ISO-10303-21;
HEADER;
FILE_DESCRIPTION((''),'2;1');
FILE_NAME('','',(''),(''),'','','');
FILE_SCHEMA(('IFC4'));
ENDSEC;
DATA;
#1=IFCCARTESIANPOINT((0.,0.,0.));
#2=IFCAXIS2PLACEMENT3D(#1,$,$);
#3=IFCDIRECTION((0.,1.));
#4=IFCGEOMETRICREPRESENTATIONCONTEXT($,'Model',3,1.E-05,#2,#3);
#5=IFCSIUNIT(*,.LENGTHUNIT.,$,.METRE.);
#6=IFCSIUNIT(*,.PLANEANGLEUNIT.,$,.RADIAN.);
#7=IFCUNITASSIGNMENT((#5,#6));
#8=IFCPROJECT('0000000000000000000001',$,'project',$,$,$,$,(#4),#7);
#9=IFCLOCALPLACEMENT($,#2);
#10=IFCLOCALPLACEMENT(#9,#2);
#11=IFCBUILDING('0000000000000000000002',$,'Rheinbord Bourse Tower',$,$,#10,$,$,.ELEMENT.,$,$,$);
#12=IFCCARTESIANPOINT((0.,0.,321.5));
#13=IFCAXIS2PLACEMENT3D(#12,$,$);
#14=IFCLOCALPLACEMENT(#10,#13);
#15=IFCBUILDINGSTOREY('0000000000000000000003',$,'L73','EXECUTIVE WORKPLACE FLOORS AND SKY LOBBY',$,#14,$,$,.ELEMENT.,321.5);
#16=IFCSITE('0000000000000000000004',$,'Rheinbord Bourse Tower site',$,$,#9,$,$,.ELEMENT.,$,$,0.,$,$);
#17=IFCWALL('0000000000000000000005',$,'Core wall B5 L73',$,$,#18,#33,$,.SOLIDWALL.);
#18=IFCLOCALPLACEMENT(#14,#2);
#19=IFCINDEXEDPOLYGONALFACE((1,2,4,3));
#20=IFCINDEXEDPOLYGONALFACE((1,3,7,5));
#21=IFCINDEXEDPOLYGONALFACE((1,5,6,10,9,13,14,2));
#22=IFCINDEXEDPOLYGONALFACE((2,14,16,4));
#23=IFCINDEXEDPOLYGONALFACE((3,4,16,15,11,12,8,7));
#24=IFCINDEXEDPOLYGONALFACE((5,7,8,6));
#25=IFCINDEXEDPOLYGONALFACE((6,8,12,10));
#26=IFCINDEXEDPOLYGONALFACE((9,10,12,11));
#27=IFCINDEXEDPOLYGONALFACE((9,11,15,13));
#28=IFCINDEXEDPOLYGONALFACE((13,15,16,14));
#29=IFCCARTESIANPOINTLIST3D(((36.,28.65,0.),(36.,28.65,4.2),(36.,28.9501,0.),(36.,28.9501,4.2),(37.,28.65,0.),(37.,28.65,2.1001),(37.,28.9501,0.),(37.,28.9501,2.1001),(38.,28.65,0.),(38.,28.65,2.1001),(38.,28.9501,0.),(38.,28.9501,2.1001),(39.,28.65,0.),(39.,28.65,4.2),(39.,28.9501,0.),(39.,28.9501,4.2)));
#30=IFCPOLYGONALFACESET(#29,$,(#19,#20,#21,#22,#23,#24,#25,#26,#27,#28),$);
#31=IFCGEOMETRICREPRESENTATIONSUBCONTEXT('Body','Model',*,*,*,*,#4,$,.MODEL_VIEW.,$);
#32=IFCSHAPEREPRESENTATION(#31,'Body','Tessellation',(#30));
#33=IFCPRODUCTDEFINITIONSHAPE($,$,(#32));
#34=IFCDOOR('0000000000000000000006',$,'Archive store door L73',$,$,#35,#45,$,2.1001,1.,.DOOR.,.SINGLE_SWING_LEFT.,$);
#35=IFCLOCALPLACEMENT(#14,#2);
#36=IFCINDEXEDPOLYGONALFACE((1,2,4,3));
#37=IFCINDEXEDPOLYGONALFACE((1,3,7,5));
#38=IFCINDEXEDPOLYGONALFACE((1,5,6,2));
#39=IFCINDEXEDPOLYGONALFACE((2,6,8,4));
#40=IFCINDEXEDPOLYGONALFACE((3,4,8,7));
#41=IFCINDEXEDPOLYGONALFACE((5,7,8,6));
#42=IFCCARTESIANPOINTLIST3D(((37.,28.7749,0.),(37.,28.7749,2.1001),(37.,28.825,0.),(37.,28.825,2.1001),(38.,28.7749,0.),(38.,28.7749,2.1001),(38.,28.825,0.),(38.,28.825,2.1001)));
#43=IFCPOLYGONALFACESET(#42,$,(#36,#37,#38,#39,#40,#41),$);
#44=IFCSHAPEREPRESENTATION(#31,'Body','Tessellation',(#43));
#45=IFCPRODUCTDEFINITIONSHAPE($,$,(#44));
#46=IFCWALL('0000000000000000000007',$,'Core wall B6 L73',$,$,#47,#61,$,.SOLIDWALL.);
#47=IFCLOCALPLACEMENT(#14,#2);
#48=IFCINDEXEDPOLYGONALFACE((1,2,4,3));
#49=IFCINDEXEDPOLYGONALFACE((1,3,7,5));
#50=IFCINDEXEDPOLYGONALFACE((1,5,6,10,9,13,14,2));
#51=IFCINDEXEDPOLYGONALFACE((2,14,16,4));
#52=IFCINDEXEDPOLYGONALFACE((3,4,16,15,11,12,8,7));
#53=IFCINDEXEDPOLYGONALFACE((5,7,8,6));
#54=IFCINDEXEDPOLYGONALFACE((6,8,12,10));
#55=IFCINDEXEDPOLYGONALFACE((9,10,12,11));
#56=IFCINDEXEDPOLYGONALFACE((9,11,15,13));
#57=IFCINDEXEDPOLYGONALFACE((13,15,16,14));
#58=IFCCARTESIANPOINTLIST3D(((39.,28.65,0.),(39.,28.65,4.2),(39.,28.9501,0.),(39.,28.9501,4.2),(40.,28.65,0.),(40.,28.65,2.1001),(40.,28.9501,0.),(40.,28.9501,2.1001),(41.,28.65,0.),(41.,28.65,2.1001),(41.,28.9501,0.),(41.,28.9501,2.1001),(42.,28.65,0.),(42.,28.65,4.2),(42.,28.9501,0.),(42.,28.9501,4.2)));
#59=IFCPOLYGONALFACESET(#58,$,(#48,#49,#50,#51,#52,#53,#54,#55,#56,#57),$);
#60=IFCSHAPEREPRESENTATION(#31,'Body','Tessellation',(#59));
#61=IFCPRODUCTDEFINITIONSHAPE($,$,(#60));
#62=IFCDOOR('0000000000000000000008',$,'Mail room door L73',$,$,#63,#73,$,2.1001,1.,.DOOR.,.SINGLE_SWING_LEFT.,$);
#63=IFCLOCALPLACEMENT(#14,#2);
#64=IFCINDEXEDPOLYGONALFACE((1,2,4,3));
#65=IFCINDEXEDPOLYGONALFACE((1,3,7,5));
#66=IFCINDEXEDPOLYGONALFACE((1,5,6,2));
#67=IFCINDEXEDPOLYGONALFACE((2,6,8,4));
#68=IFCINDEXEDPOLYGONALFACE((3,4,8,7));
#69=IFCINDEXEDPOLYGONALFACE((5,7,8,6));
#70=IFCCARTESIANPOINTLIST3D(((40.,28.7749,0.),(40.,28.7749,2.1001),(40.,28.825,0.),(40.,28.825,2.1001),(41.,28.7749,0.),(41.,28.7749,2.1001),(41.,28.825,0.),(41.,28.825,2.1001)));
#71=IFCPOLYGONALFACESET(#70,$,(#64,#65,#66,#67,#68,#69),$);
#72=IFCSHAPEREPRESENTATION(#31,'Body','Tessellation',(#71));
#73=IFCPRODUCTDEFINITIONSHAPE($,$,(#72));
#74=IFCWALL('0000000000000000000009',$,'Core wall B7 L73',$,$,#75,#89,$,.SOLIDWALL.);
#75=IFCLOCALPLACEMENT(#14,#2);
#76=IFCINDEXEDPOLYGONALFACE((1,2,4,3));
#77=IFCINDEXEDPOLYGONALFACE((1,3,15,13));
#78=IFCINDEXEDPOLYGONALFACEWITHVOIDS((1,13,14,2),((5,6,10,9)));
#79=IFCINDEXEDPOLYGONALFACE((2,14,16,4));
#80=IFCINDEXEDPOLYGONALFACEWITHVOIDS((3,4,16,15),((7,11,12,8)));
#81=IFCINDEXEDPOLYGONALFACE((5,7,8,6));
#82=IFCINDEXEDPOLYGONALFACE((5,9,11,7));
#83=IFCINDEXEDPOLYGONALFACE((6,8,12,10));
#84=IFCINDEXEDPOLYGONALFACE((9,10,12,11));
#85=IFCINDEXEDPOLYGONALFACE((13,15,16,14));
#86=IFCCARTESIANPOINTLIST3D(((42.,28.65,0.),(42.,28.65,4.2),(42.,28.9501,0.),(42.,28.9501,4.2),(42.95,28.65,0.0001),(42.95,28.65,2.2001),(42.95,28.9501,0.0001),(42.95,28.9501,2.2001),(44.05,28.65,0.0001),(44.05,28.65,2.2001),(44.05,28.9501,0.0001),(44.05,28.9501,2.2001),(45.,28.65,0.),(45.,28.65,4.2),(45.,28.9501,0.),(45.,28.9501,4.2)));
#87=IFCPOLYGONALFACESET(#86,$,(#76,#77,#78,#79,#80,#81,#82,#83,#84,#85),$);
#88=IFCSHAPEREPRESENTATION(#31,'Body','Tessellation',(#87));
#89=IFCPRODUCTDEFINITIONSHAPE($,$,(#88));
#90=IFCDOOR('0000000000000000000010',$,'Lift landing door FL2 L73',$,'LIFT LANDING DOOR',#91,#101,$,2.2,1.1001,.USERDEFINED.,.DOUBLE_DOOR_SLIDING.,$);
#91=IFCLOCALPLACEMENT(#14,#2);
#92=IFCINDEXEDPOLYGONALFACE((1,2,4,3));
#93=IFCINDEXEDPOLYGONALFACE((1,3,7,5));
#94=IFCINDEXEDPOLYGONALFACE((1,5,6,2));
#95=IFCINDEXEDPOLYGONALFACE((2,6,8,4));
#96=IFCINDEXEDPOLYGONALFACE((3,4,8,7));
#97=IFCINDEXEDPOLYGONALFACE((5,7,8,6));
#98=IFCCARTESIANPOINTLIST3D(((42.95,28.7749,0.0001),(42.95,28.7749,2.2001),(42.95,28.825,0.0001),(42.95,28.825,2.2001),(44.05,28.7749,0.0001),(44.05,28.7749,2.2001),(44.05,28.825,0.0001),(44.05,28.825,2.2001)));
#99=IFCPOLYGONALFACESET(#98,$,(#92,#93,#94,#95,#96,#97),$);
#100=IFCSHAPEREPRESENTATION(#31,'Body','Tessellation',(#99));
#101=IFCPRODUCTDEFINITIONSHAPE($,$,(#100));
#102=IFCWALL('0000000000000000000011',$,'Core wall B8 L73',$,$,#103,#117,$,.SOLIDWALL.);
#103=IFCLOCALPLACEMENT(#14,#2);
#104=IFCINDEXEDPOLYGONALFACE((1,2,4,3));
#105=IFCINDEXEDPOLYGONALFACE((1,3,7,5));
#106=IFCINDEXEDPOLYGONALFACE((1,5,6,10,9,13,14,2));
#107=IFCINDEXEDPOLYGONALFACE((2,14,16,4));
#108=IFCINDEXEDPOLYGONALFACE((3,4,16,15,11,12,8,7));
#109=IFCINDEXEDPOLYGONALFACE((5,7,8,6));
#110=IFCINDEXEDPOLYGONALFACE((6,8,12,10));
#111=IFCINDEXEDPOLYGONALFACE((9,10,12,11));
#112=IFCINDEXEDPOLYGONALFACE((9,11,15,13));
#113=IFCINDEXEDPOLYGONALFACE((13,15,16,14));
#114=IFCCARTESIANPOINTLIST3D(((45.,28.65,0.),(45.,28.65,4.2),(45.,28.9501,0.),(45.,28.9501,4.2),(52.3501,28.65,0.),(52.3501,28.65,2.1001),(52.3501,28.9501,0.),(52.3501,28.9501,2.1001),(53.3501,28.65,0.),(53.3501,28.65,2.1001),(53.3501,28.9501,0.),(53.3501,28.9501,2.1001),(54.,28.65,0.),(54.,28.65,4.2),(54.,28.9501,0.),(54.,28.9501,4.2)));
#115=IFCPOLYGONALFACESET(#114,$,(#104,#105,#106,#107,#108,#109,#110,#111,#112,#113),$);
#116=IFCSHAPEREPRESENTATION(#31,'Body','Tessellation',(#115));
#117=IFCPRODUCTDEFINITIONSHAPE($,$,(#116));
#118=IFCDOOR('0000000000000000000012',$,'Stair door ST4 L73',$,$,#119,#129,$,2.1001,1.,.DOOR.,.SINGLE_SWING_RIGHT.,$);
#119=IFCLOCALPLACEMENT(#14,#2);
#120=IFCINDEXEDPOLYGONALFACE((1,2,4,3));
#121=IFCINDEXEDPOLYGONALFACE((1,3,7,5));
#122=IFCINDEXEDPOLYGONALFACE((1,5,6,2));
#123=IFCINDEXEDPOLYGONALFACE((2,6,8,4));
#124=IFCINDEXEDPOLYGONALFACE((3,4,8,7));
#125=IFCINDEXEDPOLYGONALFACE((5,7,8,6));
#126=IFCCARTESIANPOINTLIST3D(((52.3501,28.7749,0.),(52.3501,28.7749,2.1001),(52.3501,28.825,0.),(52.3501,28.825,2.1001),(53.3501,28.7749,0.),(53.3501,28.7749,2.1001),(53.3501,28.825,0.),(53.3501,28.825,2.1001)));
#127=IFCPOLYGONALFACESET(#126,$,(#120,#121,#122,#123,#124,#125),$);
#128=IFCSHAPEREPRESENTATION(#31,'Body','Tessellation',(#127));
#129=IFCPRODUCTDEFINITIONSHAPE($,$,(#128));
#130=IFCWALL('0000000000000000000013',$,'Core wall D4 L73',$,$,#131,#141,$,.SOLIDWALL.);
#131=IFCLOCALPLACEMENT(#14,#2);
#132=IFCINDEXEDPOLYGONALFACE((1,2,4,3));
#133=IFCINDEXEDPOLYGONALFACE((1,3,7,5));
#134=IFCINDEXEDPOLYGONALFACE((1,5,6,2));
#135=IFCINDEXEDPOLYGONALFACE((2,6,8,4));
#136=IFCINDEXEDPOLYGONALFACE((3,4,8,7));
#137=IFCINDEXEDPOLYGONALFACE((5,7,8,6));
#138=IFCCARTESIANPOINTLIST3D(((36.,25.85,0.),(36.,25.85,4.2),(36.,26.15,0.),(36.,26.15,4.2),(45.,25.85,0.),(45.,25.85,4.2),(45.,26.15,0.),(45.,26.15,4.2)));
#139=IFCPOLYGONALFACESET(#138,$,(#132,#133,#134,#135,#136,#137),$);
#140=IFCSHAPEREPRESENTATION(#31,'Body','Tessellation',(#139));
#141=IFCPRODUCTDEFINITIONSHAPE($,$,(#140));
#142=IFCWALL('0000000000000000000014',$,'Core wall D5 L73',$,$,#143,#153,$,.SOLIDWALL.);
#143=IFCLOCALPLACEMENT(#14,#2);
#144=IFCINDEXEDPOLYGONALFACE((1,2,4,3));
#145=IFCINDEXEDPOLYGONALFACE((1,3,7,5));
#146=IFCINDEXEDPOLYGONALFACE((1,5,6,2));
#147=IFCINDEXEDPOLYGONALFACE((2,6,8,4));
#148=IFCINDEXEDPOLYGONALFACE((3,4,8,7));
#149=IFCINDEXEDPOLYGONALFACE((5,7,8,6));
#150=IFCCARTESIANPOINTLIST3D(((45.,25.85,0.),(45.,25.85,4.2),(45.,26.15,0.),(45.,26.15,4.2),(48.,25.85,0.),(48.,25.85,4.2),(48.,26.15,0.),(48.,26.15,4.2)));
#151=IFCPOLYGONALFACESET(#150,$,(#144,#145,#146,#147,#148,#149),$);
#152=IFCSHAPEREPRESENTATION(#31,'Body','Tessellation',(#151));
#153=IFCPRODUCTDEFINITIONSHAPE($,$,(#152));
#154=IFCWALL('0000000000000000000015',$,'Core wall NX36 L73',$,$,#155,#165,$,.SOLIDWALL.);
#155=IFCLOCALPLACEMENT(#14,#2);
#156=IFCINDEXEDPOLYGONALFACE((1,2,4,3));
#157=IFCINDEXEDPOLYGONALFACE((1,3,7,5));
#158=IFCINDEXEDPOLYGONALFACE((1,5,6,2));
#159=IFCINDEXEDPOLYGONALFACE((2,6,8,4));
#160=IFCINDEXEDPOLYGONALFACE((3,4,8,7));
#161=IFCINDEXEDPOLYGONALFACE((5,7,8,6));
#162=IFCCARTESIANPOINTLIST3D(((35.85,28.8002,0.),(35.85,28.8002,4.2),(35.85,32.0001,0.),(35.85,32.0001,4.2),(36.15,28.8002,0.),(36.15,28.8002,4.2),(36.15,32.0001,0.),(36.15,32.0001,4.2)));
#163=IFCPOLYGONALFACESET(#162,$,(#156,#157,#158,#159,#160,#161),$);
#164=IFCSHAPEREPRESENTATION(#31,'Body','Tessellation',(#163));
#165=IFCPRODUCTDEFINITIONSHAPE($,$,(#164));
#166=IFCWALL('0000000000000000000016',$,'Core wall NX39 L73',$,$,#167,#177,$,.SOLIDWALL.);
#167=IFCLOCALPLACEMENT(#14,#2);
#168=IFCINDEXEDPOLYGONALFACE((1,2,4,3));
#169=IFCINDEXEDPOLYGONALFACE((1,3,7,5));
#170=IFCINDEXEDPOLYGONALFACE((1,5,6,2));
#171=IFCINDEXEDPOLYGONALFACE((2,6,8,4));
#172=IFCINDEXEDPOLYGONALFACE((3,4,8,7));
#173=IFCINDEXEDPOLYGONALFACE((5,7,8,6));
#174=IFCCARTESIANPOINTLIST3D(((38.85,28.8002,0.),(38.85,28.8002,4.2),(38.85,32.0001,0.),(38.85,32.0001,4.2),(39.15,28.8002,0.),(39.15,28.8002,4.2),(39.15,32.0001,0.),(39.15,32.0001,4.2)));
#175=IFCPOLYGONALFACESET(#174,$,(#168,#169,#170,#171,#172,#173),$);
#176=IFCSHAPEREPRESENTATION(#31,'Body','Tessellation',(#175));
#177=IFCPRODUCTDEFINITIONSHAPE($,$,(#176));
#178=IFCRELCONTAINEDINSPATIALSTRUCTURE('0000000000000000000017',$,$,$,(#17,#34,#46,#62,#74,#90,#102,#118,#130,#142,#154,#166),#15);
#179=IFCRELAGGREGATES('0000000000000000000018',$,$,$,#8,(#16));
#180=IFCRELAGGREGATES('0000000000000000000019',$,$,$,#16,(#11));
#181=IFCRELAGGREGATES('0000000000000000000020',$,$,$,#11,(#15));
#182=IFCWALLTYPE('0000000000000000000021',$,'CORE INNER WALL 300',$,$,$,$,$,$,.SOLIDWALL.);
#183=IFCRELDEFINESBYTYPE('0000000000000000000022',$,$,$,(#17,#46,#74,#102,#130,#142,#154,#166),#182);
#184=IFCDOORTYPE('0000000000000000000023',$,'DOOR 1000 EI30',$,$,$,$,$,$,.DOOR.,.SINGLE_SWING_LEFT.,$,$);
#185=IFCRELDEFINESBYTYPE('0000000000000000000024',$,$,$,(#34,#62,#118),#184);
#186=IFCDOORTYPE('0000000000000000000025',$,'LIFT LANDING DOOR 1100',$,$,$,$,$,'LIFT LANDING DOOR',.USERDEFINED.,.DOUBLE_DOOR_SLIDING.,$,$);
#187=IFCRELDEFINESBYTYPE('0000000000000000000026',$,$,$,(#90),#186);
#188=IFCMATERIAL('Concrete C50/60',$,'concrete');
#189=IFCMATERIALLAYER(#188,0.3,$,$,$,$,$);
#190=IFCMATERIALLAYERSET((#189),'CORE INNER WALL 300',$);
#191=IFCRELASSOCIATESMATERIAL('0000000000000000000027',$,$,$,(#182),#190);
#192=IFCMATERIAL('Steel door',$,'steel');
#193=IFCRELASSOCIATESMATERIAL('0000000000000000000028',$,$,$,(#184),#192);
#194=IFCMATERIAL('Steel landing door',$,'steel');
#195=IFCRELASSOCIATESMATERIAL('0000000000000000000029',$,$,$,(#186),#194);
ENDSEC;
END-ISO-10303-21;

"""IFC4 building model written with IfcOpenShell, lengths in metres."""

from ifc_helpers import new_model, si_unit, direction, frame, frame_2d, origin, place, context, subcontext, project, spatial, rectangle, extrude, material, layer, layer_set, type_object, element, fill, save


model = new_model("IFC4")

# Units and contexts
model_context = context("Model", 3, precision=1e-05, world=origin(), true_north=direction((0.0, 1.0)))
body_context = subcontext(model_context, "Body", "Model", "MODEL_VIEW")
ifc_project = project(units=[si_unit("LENGTHUNIT", "METRE"), si_unit("PLANEANGLEUNIT", "RADIAN")], contexts=[model_context])

# Site, building, storey
site_placement = place(None, origin())
site = spatial("IfcSite", under=ifc_project, at=site_placement, Name="Rheinbord Bourse Tower site", CompositionType="ELEMENT", RefElevation=0.0)
building_placement = place(site_placement, origin())
building = spatial("IfcBuilding", under=site, at=building_placement, Name="Rheinbord Bourse Tower", CompositionType="ELEMENT")
storey_placement = place(building_placement, frame((0.0, 0.0, 321.5)))
storey = spatial("IfcBuildingStorey", under=building, at=storey_placement, Name="L73", Description="EXECUTIVE WORKPLACE FLOORS AND SKY LOBBY", CompositionType="ELEMENT", Elevation=321.5)

# Walls, openings, doors
ifc_material_1 = material(Name="Concrete C50/60", Category="concrete")
ifc_layer_1 = layer(ifc_material_1, 0.3)
ifc_layer_set_1 = layer_set([ifc_layer_1], Name="CORE INNER WALL 300")
wall_type_1 = type_object("IfcWallType", Name="CORE INNER WALL 300", PredefinedType="SOLIDWALL", material=ifc_layer_set_1)
wall_1_placement = place(storey_placement, frame((36.0, 28.8, 0.0), z_axis=(0.0, 0.0, 1.0), x_axis=(1.0, 0.0, 0.0)))
wall_1 = element("IfcWall", 1, at=wall_1_placement, inside=storey, type_object=wall_type_1, Name="Core wall B5 L73", PredefinedType="SOLIDWALL", context=body_context, shape_type="SweptSolid", body=[
    extrude(rectangle(XDim=3.0, YDim=0.3, at=frame_2d((1.5, 0.0))), origin(), (0.0, 0.0, 1.0), 4.2),
])
opening_1_placement = place(wall_1_placement, frame((1.0, 0.0, 0.0)))
opening_1 = element("IfcOpeningElement", 2, at=opening_1_placement, cuts=wall_1, PredefinedType="OPENING", context=body_context, shape_type="SweptSolid", body=[
    extrude(rectangle(XDim=1.0, YDim=2.1001, at=frame_2d((0.5, 1.05))), frame((0.0, 0.1599, 0.0), z_axis=(0.0, -1.0, 0.0), x_axis=(1.0, 0.0, 0.0)), (0.0, 0.0, 1.0), 0.3201),
])
ifc_material_2 = material(Name="Steel door", Category="steel")
door_type_1 = type_object("IfcDoorType", Name="DOOR 1000 EI30", OperationType="SINGLE_SWING_LEFT", PredefinedType="DOOR", material=ifc_material_2)
door_1_placement = place(opening_1_placement, origin())
door_1 = element("IfcDoor", 3, at=door_1_placement, inside=storey, type_object=door_type_1, Name="Archive store door L73", OperationType="SINGLE_SWING_LEFT", OverallHeight=2.1001, OverallWidth=1.0, PredefinedType="DOOR", context=body_context, shape_type="SweptSolid", body=[
    extrude(rectangle(XDim=1.0, YDim=2.1001, at=frame_2d((0.5, 1.05))), frame((0.0, 0.0249, 0.0), z_axis=(0.0, -1.0, 0.0), x_axis=(1.0, 0.0, 0.0)), (0.0, 0.0, 1.0), 0.05),
])
fill(opening_1, door_1)
wall_2_placement = place(storey_placement, frame((39.0, 28.8, 0.0), z_axis=(0.0, 0.0, 1.0), x_axis=(1.0, 0.0, 0.0)))
wall_2 = element("IfcWall", 4, at=wall_2_placement, inside=storey, type_object=wall_type_1, Name="Core wall B6 L73", PredefinedType="SOLIDWALL", context=body_context, shape_type="SweptSolid", body=[
    extrude(rectangle(XDim=3.0, YDim=0.3, at=frame_2d((1.5, 0.0))), origin(), (0.0, 0.0, 1.0), 4.2),
])
opening_2_placement = place(wall_2_placement, frame((1.0, 0.0, 0.0)))
opening_2 = element("IfcOpeningElement", 5, at=opening_2_placement, cuts=wall_2, PredefinedType="OPENING", context=body_context, shape_type="SweptSolid", body=[
    extrude(rectangle(XDim=1.0, YDim=2.1001, at=frame_2d((0.5, 1.05))), frame((0.0, 0.1599, 0.0), z_axis=(0.0, -1.0, 0.0), x_axis=(1.0, 0.0, 0.0)), (0.0, 0.0, 1.0), 0.3201),
])
door_2_placement = place(opening_2_placement, origin())
door_2 = element("IfcDoor", 6, at=door_2_placement, inside=storey, type_object=door_type_1, Name="Mail room door L73", OperationType="SINGLE_SWING_LEFT", OverallHeight=2.1001, OverallWidth=1.0, PredefinedType="DOOR", context=body_context, shape_type="SweptSolid", body=[
    extrude(rectangle(XDim=1.0, YDim=2.1001, at=frame_2d((0.5, 1.05))), frame((0.0, 0.0249, 0.0), z_axis=(0.0, -1.0, 0.0), x_axis=(1.0, 0.0, 0.0)), (0.0, 0.0, 1.0), 0.05),
])
fill(opening_2, door_2)
wall_3_placement = place(storey_placement, frame((42.0, 28.8, 0.0), z_axis=(0.0, 0.0, 1.0), x_axis=(1.0, 0.0, 0.0)))
wall_3 = element("IfcWall", 7, at=wall_3_placement, inside=storey, type_object=wall_type_1, Name="Core wall B7 L73", PredefinedType="SOLIDWALL", context=body_context, shape_type="SweptSolid", body=[
    extrude(rectangle(XDim=3.0, YDim=0.3, at=frame_2d((1.5, 0.0))), origin(), (0.0, 0.0, 1.0), 4.2),
])
opening_3_placement = place(wall_3_placement, frame((0.95, 0.0, 0.0)))
opening_3 = element("IfcOpeningElement", 8, at=opening_3_placement, cuts=wall_3, PredefinedType="OPENING", context=body_context, shape_type="SweptSolid", body=[
    extrude(rectangle(XDim=1.1001, YDim=2.2, at=frame_2d((0.55, 1.1001))), frame((0.0, 0.1599, 0.0), z_axis=(0.0, -1.0, 0.0), x_axis=(1.0, 0.0, 0.0)), (0.0, 0.0, 1.0), 0.3201),
])
ifc_material_3 = material(Name="Steel landing door", Category="steel")
door_type_2 = type_object("IfcDoorType", Name="LIFT LANDING DOOR 1100", ElementType="LIFT LANDING DOOR", OperationType="DOUBLE_DOOR_SLIDING", PredefinedType="USERDEFINED", material=ifc_material_3)
door_3_placement = place(opening_3_placement, origin())
door_3 = element("IfcDoor", 9, at=door_3_placement, inside=storey, type_object=door_type_2, Name="Lift landing door FL2 L73", ObjectType="LIFT LANDING DOOR", OperationType="DOUBLE_DOOR_SLIDING", OverallHeight=2.2, OverallWidth=1.1001, PredefinedType="USERDEFINED", context=body_context, shape_type="SweptSolid", body=[
    extrude(rectangle(XDim=1.1001, YDim=2.2, at=frame_2d((0.55, 1.1001))), frame((0.0, 0.0249, 0.0), z_axis=(0.0, -1.0, 0.0), x_axis=(1.0, 0.0, 0.0)), (0.0, 0.0, 1.0), 0.05),
])
fill(opening_3, door_3)
wall_4_placement = place(storey_placement, frame((45.0, 28.8, 0.0), z_axis=(0.0, 0.0, 1.0), x_axis=(1.0, 0.0, 0.0)))
wall_4 = element("IfcWall", 10, at=wall_4_placement, inside=storey, type_object=wall_type_1, Name="Core wall B8 L73", PredefinedType="SOLIDWALL", context=body_context, shape_type="SweptSolid", body=[
    extrude(rectangle(XDim=9.0, YDim=0.3, at=frame_2d((4.5, 0.0))), origin(), (0.0, 0.0, 1.0), 4.2),
])
opening_4_placement = place(wall_4_placement, frame((7.3501, 0.0, 0.0)))
opening_4 = element("IfcOpeningElement", 11, at=opening_4_placement, cuts=wall_4, PredefinedType="OPENING", context=body_context, shape_type="SweptSolid", body=[
    extrude(rectangle(XDim=1.0, YDim=2.1001, at=frame_2d((0.5, 1.05))), frame((0.0, 0.1599, 0.0), z_axis=(0.0, -1.0, 0.0), x_axis=(1.0, 0.0, 0.0)), (0.0, 0.0, 1.0), 0.3201),
])
door_4_placement = place(opening_4_placement, origin())
door_4 = element("IfcDoor", 12, at=door_4_placement, inside=storey, type_object=door_type_1, Name="Stair door ST4 L73", OperationType="SINGLE_SWING_RIGHT", OverallHeight=2.1001, OverallWidth=1.0, PredefinedType="DOOR", context=body_context, shape_type="SweptSolid", body=[
    extrude(rectangle(XDim=1.0, YDim=2.1001, at=frame_2d((0.5, 1.05))), frame((0.0, 0.0249, 0.0), z_axis=(0.0, -1.0, 0.0), x_axis=(1.0, 0.0, 0.0)), (0.0, 0.0, 1.0), 0.05),
])
fill(opening_4, door_4)

# Walls
wall_5_placement = place(storey_placement, frame((36.0, 26.0, 0.0), z_axis=(0.0, 0.0, 1.0), x_axis=(1.0, 0.0, 0.0)))
element("IfcWall", 13, at=wall_5_placement, inside=storey, type_object=wall_type_1, Name="Core wall D4 L73", PredefinedType="SOLIDWALL", context=body_context, shape_type="SweptSolid", body=[
    extrude(rectangle(XDim=9.0, YDim=0.3, at=frame_2d((4.5, 0.0))), origin(), (0.0, 0.0, 1.0), 4.2),
])
wall_6_placement = place(storey_placement, frame((45.0, 26.0, 0.0), z_axis=(0.0, 0.0, 1.0), x_axis=(1.0, 0.0, 0.0)))
element("IfcWall", 14, at=wall_6_placement, inside=storey, type_object=wall_type_1, Name="Core wall D5 L73", PredefinedType="SOLIDWALL", context=body_context, shape_type="SweptSolid", body=[
    extrude(rectangle(XDim=3.0, YDim=0.3, at=frame_2d((1.5, 0.0))), origin(), (0.0, 0.0, 1.0), 4.2),
])
for number, where, z_axis, x_axis, name in (
    (15, (36.0, 28.8, 0.0), (0.0, 0.0, 1.0), (0.0, 1.0, 0.0), "Core wall NX36 L73"),
    (16, (39.0, 28.8, 0.0), (0.0, 0.0, 1.0), (0.0, 1.0, 0.0), "Core wall NX39 L73"),
):
    element("IfcWall", number, at=place(storey_placement, frame(where, z_axis=z_axis, x_axis=x_axis)), inside=storey, type_object=wall_type_1, Name=name, PredefinedType="SOLIDWALL", context=body_context, shape_type="SweptSolid", body=[
        extrude(rectangle(XDim=3.2, YDim=0.3, at=frame_2d((1.6001, 0.0))), origin(), (0.0, 0.0, 1.0), 4.2),
    ])

save(model, "model.ifc")
